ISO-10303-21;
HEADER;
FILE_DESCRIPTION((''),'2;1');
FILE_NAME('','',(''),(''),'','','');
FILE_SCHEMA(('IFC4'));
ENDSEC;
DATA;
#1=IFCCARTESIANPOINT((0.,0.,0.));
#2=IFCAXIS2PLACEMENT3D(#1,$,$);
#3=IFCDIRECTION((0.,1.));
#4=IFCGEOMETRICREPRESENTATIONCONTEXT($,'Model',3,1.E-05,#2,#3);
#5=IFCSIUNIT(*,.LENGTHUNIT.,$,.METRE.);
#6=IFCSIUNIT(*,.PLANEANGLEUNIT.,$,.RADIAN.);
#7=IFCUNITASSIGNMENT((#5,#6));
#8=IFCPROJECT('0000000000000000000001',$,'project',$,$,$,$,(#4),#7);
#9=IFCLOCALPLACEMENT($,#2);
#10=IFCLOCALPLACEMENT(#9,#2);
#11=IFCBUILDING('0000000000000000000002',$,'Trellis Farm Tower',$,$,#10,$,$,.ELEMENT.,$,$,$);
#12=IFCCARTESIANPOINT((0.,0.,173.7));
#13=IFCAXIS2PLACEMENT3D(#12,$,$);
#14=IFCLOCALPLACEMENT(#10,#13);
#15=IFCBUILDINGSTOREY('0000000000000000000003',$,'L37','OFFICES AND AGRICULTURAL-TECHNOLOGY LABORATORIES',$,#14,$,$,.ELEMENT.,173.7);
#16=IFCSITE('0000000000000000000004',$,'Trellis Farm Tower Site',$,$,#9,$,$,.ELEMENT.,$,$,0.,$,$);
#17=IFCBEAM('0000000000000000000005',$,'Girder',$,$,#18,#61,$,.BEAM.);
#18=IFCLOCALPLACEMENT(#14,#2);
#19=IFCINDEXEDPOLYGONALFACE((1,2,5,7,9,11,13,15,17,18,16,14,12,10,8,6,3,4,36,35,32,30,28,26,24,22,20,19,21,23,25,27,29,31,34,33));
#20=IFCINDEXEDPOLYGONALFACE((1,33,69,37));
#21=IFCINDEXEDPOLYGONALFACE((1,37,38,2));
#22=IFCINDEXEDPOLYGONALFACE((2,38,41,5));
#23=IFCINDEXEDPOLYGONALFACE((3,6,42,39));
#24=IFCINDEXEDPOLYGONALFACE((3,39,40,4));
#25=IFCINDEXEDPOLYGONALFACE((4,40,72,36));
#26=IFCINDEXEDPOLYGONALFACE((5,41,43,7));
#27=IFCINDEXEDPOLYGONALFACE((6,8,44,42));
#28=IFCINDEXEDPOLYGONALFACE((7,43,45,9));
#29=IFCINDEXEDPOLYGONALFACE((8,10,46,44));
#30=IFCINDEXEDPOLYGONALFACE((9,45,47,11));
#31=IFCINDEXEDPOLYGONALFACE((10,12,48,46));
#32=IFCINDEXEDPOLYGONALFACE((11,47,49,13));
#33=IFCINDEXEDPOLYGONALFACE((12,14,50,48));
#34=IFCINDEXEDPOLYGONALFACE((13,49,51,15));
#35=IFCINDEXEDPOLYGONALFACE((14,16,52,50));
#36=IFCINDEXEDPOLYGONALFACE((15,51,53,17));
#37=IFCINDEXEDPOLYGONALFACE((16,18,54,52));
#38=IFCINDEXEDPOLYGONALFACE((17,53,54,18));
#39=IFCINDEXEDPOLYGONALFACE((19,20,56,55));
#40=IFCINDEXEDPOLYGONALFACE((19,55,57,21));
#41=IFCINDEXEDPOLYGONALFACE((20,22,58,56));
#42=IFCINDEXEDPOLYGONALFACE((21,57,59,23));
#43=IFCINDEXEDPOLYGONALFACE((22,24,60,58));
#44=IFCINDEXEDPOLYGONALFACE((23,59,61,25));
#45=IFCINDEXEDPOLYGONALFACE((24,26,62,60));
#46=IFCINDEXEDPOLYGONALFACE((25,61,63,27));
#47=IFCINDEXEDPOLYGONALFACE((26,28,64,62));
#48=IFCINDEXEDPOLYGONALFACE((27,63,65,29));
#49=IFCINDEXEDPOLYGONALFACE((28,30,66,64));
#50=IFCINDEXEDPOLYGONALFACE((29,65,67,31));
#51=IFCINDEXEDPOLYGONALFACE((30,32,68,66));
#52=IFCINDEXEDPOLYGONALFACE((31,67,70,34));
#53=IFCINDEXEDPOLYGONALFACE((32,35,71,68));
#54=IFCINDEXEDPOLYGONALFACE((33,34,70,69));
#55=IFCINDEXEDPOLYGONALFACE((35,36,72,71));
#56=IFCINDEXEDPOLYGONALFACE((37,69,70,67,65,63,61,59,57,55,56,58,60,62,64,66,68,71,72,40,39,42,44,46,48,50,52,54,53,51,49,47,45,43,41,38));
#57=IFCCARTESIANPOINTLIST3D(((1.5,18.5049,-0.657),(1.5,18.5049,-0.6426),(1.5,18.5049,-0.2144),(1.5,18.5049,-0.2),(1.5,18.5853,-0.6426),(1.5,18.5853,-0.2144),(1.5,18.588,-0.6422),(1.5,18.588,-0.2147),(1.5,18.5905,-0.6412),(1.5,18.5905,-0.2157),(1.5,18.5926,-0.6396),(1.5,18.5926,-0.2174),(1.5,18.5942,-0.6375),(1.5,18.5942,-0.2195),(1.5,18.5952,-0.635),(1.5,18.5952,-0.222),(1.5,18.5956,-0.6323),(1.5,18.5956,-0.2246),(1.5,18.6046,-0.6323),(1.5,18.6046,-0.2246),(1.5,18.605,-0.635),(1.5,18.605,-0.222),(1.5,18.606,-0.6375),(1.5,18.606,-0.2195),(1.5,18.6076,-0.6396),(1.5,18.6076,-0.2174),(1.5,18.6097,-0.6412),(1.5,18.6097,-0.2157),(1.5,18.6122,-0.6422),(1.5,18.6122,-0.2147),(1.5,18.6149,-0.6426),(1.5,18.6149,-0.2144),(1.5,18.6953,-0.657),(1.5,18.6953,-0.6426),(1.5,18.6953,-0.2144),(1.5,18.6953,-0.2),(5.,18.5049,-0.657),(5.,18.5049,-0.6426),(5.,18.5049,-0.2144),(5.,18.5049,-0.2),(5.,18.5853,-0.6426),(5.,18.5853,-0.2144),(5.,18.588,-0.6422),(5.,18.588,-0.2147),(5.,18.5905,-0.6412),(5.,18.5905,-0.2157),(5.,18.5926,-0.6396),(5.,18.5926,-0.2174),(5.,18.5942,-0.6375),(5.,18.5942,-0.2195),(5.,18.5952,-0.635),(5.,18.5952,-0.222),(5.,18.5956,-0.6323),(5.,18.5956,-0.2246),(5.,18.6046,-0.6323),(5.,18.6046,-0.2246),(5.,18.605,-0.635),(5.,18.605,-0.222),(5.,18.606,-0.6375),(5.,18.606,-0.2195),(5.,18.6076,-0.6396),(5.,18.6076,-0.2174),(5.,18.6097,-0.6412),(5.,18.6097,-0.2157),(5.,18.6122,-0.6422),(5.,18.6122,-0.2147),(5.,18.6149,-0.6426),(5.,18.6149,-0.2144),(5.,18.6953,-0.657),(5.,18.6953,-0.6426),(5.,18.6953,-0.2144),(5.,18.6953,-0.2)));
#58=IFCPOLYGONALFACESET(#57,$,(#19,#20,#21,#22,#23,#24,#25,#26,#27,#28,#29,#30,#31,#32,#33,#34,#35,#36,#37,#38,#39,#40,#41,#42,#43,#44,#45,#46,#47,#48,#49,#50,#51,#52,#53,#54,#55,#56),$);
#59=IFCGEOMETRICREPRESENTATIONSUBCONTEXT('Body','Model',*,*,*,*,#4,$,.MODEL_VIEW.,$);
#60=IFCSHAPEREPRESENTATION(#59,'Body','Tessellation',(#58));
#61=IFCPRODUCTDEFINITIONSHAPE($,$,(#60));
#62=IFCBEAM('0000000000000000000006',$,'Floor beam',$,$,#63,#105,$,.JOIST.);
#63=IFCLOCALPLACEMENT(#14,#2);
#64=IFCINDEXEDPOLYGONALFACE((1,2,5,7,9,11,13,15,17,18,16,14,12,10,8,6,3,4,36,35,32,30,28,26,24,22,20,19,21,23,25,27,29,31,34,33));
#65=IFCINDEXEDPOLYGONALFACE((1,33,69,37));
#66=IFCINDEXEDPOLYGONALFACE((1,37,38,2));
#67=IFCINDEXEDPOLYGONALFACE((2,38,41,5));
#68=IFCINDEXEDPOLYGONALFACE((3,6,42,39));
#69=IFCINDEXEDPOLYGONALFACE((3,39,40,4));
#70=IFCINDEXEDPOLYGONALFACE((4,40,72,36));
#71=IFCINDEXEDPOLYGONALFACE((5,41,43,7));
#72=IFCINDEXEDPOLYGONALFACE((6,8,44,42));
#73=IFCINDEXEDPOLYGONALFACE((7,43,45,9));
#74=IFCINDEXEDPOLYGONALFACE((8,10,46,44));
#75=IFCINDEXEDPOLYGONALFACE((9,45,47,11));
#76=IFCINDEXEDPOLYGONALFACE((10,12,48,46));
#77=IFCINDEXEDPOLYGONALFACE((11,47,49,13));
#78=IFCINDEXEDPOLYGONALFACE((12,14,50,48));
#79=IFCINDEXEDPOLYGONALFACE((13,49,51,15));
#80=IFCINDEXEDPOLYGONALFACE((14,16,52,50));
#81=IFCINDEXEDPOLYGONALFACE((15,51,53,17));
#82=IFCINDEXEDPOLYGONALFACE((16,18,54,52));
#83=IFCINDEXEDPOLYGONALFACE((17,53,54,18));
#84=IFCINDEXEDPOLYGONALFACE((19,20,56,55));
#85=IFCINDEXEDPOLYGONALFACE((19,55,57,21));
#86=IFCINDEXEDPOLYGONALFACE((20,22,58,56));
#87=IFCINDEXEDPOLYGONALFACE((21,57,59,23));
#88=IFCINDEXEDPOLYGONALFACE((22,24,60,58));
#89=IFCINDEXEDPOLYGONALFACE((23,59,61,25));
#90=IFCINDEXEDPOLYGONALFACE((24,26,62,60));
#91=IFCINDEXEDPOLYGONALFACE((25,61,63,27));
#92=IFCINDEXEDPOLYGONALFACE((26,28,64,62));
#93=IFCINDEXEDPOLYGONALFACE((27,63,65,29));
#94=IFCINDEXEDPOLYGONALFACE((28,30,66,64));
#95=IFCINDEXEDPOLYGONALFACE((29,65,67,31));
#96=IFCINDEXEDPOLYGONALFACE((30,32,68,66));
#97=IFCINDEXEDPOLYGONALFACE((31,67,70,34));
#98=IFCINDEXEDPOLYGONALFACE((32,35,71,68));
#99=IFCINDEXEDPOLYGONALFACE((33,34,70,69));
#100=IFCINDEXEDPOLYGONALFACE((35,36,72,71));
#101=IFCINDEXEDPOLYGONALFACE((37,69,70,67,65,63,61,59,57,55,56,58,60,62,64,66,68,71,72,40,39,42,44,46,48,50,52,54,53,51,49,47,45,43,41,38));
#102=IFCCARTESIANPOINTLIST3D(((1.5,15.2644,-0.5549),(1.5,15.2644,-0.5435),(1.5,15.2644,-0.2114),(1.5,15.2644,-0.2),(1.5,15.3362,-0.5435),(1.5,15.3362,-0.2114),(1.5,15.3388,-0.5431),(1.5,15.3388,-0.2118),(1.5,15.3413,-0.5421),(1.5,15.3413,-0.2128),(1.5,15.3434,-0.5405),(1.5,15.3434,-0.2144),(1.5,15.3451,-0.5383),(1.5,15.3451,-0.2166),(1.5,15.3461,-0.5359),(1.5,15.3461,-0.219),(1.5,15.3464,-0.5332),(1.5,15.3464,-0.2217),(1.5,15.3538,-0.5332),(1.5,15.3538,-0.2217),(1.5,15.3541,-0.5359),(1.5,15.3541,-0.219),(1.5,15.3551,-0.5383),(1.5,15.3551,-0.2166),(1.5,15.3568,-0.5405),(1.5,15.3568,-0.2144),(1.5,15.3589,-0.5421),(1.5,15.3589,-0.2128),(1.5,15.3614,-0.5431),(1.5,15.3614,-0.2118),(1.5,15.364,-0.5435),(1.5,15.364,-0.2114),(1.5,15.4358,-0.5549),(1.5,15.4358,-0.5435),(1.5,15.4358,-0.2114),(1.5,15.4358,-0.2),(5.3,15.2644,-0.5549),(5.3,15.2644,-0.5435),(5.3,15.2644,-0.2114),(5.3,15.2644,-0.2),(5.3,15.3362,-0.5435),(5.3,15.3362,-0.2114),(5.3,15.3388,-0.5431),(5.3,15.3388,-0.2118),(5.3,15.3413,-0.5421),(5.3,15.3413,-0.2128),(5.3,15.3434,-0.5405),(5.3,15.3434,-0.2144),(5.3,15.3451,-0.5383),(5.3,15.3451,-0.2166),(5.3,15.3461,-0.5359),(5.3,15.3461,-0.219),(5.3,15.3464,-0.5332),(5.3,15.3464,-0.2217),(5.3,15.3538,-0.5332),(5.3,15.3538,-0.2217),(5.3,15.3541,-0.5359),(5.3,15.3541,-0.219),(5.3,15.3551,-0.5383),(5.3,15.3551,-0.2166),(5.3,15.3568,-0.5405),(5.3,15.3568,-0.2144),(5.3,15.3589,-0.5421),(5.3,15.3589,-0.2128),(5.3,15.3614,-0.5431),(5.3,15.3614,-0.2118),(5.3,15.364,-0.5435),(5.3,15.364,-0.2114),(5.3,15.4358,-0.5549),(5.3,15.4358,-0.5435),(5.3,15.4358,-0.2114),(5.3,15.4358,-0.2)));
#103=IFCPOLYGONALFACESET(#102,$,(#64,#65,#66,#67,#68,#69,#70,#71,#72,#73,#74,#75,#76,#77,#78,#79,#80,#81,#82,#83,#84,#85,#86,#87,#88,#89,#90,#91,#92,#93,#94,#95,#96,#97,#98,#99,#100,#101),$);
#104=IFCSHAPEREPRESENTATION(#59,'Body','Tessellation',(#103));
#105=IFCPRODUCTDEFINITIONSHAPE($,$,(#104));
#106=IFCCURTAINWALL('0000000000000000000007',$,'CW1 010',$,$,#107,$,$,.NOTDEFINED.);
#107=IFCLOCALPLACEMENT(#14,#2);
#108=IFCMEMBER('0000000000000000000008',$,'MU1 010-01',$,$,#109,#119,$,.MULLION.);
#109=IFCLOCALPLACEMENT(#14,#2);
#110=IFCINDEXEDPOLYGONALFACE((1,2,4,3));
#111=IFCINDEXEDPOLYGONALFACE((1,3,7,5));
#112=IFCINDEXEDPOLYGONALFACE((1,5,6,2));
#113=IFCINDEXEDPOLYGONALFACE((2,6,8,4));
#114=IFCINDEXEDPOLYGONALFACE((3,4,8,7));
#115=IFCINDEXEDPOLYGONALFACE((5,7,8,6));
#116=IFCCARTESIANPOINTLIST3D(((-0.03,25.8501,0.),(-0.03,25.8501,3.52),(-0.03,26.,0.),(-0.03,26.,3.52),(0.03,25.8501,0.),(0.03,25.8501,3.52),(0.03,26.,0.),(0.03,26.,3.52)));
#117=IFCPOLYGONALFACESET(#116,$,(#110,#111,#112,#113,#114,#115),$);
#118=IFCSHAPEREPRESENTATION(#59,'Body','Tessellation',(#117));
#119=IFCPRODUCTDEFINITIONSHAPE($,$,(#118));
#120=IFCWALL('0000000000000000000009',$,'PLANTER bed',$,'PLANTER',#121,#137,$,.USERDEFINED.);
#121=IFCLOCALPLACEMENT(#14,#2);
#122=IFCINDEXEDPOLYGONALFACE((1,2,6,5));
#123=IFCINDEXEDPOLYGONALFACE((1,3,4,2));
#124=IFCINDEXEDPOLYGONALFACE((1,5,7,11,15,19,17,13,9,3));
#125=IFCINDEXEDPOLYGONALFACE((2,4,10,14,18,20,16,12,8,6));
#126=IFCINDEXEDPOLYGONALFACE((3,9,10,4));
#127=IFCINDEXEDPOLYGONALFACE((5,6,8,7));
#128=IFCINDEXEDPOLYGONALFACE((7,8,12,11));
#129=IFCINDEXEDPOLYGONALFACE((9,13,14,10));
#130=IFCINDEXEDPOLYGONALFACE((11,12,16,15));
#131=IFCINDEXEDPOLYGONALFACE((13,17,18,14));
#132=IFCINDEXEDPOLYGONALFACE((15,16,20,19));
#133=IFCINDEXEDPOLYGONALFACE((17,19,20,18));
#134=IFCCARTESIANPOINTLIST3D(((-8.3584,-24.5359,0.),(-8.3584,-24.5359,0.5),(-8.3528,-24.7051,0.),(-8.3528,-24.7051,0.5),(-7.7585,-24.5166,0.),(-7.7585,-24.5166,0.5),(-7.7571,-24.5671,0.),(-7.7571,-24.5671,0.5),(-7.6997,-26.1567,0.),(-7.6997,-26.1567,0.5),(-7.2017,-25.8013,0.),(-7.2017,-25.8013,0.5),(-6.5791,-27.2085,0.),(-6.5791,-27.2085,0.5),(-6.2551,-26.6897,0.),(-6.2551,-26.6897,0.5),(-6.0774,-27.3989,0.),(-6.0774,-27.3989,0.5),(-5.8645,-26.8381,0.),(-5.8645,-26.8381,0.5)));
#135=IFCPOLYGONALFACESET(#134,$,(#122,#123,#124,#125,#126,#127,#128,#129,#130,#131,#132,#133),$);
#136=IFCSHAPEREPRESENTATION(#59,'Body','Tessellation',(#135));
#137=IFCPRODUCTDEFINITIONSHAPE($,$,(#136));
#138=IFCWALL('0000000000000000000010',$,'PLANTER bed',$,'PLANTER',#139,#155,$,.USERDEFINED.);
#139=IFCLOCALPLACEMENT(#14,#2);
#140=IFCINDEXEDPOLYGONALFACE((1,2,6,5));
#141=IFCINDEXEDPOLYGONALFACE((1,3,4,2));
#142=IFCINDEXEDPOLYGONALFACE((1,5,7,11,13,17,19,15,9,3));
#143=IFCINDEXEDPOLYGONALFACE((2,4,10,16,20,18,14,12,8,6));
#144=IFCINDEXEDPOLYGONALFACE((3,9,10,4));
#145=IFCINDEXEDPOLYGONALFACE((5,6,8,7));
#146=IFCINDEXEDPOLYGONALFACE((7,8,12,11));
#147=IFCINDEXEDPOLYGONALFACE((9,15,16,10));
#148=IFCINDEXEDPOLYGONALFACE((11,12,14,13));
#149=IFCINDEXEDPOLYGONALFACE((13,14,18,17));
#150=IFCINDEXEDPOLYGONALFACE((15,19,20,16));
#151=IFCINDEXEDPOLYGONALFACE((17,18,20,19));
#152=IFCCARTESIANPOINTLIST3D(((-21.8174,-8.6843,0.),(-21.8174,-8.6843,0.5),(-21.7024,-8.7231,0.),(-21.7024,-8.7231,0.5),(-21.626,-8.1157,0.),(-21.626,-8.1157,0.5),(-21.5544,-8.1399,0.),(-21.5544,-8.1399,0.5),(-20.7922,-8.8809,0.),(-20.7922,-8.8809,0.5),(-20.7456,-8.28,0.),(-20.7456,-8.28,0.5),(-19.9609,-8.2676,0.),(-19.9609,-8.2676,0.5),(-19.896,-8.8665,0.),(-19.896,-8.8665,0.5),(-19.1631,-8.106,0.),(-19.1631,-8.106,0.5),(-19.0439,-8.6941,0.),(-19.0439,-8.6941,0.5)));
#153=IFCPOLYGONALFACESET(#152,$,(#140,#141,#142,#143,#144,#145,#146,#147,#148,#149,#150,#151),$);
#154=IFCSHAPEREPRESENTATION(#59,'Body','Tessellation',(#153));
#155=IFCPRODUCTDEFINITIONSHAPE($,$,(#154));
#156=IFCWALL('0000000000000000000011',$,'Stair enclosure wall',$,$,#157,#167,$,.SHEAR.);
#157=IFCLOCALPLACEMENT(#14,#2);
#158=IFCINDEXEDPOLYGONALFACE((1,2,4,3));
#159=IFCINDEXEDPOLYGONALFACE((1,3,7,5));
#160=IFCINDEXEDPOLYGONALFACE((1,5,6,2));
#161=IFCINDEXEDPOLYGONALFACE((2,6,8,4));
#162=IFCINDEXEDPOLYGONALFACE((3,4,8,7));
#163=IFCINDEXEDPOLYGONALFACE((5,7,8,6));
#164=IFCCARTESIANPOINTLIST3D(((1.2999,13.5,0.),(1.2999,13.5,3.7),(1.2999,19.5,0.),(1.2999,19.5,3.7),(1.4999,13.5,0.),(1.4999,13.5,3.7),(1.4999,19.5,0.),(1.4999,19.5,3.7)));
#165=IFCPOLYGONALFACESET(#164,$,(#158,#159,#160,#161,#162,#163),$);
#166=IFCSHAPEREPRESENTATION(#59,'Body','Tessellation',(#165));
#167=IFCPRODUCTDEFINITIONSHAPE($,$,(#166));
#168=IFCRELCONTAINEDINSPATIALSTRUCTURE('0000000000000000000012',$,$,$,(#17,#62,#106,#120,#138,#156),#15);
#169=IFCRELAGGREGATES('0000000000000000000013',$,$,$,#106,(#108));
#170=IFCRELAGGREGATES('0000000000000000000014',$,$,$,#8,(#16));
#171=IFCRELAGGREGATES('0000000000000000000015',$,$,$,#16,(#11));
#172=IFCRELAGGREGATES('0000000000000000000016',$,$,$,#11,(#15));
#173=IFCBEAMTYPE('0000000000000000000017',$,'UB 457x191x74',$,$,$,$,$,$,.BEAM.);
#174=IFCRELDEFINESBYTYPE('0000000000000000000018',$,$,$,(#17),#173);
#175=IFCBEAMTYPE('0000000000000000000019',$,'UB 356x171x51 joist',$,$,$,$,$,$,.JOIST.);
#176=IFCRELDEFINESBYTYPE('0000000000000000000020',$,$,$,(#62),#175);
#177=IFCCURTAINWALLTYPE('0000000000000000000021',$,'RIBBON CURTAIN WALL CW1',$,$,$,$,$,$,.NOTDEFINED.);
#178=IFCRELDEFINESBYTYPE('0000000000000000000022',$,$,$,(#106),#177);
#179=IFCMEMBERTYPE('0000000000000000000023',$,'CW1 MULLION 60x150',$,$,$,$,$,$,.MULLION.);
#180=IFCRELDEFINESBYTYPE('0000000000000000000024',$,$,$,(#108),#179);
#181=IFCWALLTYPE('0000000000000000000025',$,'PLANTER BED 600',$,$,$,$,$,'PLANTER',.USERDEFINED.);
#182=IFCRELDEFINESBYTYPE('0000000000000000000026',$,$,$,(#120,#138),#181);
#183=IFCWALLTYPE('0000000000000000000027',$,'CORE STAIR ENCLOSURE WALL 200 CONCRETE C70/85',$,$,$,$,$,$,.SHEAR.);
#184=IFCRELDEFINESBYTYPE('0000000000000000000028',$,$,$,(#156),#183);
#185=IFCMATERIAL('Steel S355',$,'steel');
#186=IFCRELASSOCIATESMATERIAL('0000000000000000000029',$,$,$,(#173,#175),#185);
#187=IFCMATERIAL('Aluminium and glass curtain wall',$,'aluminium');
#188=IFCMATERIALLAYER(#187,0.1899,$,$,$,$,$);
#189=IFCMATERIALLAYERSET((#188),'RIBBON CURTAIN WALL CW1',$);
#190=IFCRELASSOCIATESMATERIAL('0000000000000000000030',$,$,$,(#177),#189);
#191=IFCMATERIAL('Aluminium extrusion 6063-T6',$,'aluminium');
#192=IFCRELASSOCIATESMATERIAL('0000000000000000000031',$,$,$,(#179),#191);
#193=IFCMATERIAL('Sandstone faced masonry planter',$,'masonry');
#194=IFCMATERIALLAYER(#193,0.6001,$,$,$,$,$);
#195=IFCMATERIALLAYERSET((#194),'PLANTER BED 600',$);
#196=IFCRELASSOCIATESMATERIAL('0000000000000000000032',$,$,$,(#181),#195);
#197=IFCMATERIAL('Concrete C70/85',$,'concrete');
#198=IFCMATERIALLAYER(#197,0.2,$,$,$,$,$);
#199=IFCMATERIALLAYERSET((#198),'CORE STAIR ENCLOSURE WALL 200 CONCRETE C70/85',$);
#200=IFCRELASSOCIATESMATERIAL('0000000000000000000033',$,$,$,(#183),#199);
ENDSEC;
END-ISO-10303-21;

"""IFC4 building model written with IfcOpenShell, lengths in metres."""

from ifc_helpers import new_model, si_unit, direction, frame, frame_2d, origin, origin_2d, place, context, subcontext, project, spatial, polyline, rectangle, i_section, outline, extrude, source, transform, mapped, material, layer, layer_set, material_profile, profile_set, type_object, element, aggregate, save


model = new_model("IFC4")

# Units and contexts
model_context = context("Model", 3, precision=1e-05, world=origin(), true_north=direction((0.0, 1.0)))
body_context = subcontext(model_context, "Body", "Model", "MODEL_VIEW")
ifc_project = project(units=[si_unit("LENGTHUNIT", "METRE"), si_unit("PLANEANGLEUNIT", "RADIAN")], contexts=[model_context])

# Site, building, storey
site_placement = place(None, origin())
site = spatial("IfcSite", under=ifc_project, at=site_placement, Name="Trellis Farm Tower Site", CompositionType="ELEMENT", RefElevation=0.0)
building_placement = place(site_placement, origin())
building = spatial("IfcBuilding", under=site, at=building_placement, Name="Trellis Farm Tower", CompositionType="ELEMENT")
storey_placement = place(building_placement, frame((0.0, 0.0, 173.7)))
storey = spatial("IfcBuildingStorey", under=building, at=storey_placement, Name="L37", Description="OFFICES AND AGRICULTURAL-TECHNOLOGY LABORATORIES", CompositionType="ELEMENT", Elevation=173.7)

# Beams
ifc_material_1 = material(Name="Steel S355", Category="steel")
ifc_material_profile_1 = material_profile(ifc_material_1, i_section(OverallWidth=0.1904, OverallDepth=0.457, WebThickness=0.009, FlangeThickness=0.0144, FilletRadius=0.0103, at=origin_2d()), Name="UB 457x191x74")
ifc_profile_set_1 = profile_set([ifc_material_profile_1], Name="Steel S355")
beam_type_1 = type_object("IfcBeamType", Name="UB 457x191x74", PredefinedType="BEAM", material=ifc_profile_set_1)
shared_shape_1 = source(origin(), body_context, "Body", "SweptSolid", [
    extrude(i_section(OverallWidth=0.1904, OverallDepth=0.457, WebThickness=0.009, FlangeThickness=0.0144, FilletRadius=0.0103, at=origin_2d()), origin(), (0.0, 0.0, 1.0), 3.5),
])
beam_1_placement = place(storey_placement, frame((1.5, 18.6001, -0.4285), z_axis=(1.0, 0.0, 0.0), x_axis=(0.0, 1.0, 0.0)))
element("IfcBeam", 1, at=beam_1_placement, inside=storey, type_object=beam_type_1, Name="Girder", PredefinedType="BEAM", context=body_context, shape_type="MappedRepresentation", body=[
    mapped(shared_shape_1, transform((0.0, 0.0, 0.0))),
])
ifc_material_profile_2 = material_profile(ifc_material_1, i_section(OverallWidth=0.1714, OverallDepth=0.355, WebThickness=0.0073, FlangeThickness=0.0115, FilletRadius=0.0103, at=origin_2d()), Name="UB 356x171x51")
ifc_profile_set_2 = profile_set([ifc_material_profile_2], Name="Steel S355")
beam_type_2 = type_object("IfcBeamType", Name="UB 356x171x51 joist", PredefinedType="JOIST", material=ifc_profile_set_2)
shared_shape_2 = source(origin(), body_context, "Body", "SweptSolid", [
    extrude(i_section(OverallWidth=0.1714, OverallDepth=0.355, WebThickness=0.0073, FlangeThickness=0.0115, FilletRadius=0.0103, at=origin_2d()), origin(), (0.0, 0.0, 1.0), 3.8),
])
beam_2_placement = place(storey_placement, frame((1.5, 15.3501, -0.3774), z_axis=(1.0, 0.0, 0.0), x_axis=(0.0, 1.0, 0.0)))
element("IfcBeam", 2, at=beam_2_placement, inside=storey, type_object=beam_type_2, Name="Floor beam", PredefinedType="JOIST", context=body_context, shape_type="MappedRepresentation", body=[
    mapped(shared_shape_2, transform((0.0, 0.0, 0.0))),
])

# Curtain wall, member
ifc_material_2 = material(Name="Aluminium and glass curtain wall", Category="aluminium")
ifc_layer_1 = layer(ifc_material_2, 0.1899)
ifc_layer_set_1 = layer_set([ifc_layer_1], Name="RIBBON CURTAIN WALL CW1")
curtain_wall_type = type_object("IfcCurtainWallType", Name="RIBBON CURTAIN WALL CW1", PredefinedType="NOTDEFINED", material=ifc_layer_set_1)
placement = place(storey_placement, origin())
curtain_wall = element("IfcCurtainWall", 3, at=placement, inside=storey, type_object=curtain_wall_type, Name="CW1 010", PredefinedType="NOTDEFINED")
ifc_material_3 = material(Name="Aluminium extrusion 6063-T6", Category="aluminium")
ifc_material_profile_3 = material_profile(ifc_material_3, rectangle(XDim=0.0601, YDim=0.1499, at=origin_2d()), Name="MULLION 60x150")
ifc_profile_set_3 = profile_set([ifc_material_profile_3], Name="Aluminium extrusion 6063-T6")
member_type = type_object("IfcMemberType", Name="CW1 MULLION 60x150", PredefinedType="MULLION", material=ifc_profile_set_3)
shared_shape_3 = source(origin(), body_context, "Body", "SweptSolid", [
    extrude(rectangle(XDim=0.0601, YDim=0.1499, at=origin_2d()), origin(), (0.0, 0.0, 1.0), 3.52),
])
member_placement = place(storey_placement, frame((0.0, 25.925, 0.0), z_axis=(0.0, 0.0, 1.0), x_axis=(-1.0, 0.0, 0.0)))
member = element("IfcMember", 4, at=member_placement, type_object=member_type, Name="MU1 010-01", PredefinedType="MULLION", context=body_context, shape_type="MappedRepresentation", body=[
    mapped(shared_shape_3, transform((0.0, 0.0, 0.0))),
])
aggregate(curtain_wall, [member])

# Walls
ifc_material_4 = material(Name="Sandstone faced masonry planter", Category="masonry")
ifc_layer_2 = layer(ifc_material_4, 0.6001)
ifc_layer_set_2 = layer_set([ifc_layer_2], Name="PLANTER BED 600")
wall_type_1 = type_object("IfcWallType", Name="PLANTER BED 600", ElementType="PLANTER", PredefinedType="USERDEFINED", material=ifc_layer_set_2)
element("IfcWall", 5, at=placement, inside=storey, type_object=wall_type_1, Name="PLANTER bed", ObjectType="PLANTER", PredefinedType="USERDEFINED", context=body_context, shape_type="SweptSolid", body=[
    extrude(outline(polyline([(-7.6997, -26.1567), (-8.3528, -24.7051), (-8.3584, -24.5359), (-7.7585, -24.5166), (-7.7571, -24.5671), (-7.2017, -25.8013), (-6.2551, -26.6897), (-5.8645, -26.8381), (-6.0774, -27.3989), (-6.5791, -27.2085), (-7.6997, -26.1567)])), origin(), (0.0, 0.0, 1.0), 0.5),
])
element("IfcWall", 6, at=placement, inside=storey, type_object=wall_type_1, Name="PLANTER bed", ObjectType="PLANTER", PredefinedType="USERDEFINED", context=body_context, shape_type="SweptSolid", body=[
    extrude(outline(polyline([(-20.7922, -8.8809), (-21.7024, -8.7231), (-21.8174, -8.6843), (-21.626, -8.1157), (-21.5544, -8.1399), (-20.7456, -8.28), (-19.9609, -8.2676), (-19.1631, -8.106), (-19.0439, -8.6941), (-19.896, -8.8665), (-20.7922, -8.8809)])), origin(), (0.0, 0.0, 1.0), 0.5),
])
ifc_material_5 = material(Name="Concrete C70/85", Category="concrete")
ifc_layer_3 = layer(ifc_material_5, 0.2)
ifc_layer_set_3 = layer_set([ifc_layer_3], Name="CORE STAIR ENCLOSURE WALL 200 CONCRETE C70/85")
wall_type_2 = type_object("IfcWallType", Name="CORE STAIR ENCLOSURE WALL 200 CONCRETE C70/85", PredefinedType="SHEAR", material=ifc_layer_set_3)
shared_shape_4 = source(origin(), body_context, "Body", "SweptSolid", [
    extrude(rectangle(XDim=6.0, YDim=0.2, at=frame_2d((3.0, 0.0))), origin(), (0.0, 0.0, 1.0), 3.7),
])
wall_1_placement = place(storey_placement, frame((1.3999, 13.5, 0.0), z_axis=(0.0, 0.0, 1.0), x_axis=(0.0, 1.0, 0.0)))
element("IfcWall", 7, at=wall_1_placement, inside=storey, type_object=wall_type_2, Name="Stair enclosure wall", PredefinedType="SHEAR", context=body_context, shape_type="MappedRepresentation", body=[
    mapped(shared_shape_4, transform((0.0, 0.0, 0.0))),
])

save(model, "model.ifc")
